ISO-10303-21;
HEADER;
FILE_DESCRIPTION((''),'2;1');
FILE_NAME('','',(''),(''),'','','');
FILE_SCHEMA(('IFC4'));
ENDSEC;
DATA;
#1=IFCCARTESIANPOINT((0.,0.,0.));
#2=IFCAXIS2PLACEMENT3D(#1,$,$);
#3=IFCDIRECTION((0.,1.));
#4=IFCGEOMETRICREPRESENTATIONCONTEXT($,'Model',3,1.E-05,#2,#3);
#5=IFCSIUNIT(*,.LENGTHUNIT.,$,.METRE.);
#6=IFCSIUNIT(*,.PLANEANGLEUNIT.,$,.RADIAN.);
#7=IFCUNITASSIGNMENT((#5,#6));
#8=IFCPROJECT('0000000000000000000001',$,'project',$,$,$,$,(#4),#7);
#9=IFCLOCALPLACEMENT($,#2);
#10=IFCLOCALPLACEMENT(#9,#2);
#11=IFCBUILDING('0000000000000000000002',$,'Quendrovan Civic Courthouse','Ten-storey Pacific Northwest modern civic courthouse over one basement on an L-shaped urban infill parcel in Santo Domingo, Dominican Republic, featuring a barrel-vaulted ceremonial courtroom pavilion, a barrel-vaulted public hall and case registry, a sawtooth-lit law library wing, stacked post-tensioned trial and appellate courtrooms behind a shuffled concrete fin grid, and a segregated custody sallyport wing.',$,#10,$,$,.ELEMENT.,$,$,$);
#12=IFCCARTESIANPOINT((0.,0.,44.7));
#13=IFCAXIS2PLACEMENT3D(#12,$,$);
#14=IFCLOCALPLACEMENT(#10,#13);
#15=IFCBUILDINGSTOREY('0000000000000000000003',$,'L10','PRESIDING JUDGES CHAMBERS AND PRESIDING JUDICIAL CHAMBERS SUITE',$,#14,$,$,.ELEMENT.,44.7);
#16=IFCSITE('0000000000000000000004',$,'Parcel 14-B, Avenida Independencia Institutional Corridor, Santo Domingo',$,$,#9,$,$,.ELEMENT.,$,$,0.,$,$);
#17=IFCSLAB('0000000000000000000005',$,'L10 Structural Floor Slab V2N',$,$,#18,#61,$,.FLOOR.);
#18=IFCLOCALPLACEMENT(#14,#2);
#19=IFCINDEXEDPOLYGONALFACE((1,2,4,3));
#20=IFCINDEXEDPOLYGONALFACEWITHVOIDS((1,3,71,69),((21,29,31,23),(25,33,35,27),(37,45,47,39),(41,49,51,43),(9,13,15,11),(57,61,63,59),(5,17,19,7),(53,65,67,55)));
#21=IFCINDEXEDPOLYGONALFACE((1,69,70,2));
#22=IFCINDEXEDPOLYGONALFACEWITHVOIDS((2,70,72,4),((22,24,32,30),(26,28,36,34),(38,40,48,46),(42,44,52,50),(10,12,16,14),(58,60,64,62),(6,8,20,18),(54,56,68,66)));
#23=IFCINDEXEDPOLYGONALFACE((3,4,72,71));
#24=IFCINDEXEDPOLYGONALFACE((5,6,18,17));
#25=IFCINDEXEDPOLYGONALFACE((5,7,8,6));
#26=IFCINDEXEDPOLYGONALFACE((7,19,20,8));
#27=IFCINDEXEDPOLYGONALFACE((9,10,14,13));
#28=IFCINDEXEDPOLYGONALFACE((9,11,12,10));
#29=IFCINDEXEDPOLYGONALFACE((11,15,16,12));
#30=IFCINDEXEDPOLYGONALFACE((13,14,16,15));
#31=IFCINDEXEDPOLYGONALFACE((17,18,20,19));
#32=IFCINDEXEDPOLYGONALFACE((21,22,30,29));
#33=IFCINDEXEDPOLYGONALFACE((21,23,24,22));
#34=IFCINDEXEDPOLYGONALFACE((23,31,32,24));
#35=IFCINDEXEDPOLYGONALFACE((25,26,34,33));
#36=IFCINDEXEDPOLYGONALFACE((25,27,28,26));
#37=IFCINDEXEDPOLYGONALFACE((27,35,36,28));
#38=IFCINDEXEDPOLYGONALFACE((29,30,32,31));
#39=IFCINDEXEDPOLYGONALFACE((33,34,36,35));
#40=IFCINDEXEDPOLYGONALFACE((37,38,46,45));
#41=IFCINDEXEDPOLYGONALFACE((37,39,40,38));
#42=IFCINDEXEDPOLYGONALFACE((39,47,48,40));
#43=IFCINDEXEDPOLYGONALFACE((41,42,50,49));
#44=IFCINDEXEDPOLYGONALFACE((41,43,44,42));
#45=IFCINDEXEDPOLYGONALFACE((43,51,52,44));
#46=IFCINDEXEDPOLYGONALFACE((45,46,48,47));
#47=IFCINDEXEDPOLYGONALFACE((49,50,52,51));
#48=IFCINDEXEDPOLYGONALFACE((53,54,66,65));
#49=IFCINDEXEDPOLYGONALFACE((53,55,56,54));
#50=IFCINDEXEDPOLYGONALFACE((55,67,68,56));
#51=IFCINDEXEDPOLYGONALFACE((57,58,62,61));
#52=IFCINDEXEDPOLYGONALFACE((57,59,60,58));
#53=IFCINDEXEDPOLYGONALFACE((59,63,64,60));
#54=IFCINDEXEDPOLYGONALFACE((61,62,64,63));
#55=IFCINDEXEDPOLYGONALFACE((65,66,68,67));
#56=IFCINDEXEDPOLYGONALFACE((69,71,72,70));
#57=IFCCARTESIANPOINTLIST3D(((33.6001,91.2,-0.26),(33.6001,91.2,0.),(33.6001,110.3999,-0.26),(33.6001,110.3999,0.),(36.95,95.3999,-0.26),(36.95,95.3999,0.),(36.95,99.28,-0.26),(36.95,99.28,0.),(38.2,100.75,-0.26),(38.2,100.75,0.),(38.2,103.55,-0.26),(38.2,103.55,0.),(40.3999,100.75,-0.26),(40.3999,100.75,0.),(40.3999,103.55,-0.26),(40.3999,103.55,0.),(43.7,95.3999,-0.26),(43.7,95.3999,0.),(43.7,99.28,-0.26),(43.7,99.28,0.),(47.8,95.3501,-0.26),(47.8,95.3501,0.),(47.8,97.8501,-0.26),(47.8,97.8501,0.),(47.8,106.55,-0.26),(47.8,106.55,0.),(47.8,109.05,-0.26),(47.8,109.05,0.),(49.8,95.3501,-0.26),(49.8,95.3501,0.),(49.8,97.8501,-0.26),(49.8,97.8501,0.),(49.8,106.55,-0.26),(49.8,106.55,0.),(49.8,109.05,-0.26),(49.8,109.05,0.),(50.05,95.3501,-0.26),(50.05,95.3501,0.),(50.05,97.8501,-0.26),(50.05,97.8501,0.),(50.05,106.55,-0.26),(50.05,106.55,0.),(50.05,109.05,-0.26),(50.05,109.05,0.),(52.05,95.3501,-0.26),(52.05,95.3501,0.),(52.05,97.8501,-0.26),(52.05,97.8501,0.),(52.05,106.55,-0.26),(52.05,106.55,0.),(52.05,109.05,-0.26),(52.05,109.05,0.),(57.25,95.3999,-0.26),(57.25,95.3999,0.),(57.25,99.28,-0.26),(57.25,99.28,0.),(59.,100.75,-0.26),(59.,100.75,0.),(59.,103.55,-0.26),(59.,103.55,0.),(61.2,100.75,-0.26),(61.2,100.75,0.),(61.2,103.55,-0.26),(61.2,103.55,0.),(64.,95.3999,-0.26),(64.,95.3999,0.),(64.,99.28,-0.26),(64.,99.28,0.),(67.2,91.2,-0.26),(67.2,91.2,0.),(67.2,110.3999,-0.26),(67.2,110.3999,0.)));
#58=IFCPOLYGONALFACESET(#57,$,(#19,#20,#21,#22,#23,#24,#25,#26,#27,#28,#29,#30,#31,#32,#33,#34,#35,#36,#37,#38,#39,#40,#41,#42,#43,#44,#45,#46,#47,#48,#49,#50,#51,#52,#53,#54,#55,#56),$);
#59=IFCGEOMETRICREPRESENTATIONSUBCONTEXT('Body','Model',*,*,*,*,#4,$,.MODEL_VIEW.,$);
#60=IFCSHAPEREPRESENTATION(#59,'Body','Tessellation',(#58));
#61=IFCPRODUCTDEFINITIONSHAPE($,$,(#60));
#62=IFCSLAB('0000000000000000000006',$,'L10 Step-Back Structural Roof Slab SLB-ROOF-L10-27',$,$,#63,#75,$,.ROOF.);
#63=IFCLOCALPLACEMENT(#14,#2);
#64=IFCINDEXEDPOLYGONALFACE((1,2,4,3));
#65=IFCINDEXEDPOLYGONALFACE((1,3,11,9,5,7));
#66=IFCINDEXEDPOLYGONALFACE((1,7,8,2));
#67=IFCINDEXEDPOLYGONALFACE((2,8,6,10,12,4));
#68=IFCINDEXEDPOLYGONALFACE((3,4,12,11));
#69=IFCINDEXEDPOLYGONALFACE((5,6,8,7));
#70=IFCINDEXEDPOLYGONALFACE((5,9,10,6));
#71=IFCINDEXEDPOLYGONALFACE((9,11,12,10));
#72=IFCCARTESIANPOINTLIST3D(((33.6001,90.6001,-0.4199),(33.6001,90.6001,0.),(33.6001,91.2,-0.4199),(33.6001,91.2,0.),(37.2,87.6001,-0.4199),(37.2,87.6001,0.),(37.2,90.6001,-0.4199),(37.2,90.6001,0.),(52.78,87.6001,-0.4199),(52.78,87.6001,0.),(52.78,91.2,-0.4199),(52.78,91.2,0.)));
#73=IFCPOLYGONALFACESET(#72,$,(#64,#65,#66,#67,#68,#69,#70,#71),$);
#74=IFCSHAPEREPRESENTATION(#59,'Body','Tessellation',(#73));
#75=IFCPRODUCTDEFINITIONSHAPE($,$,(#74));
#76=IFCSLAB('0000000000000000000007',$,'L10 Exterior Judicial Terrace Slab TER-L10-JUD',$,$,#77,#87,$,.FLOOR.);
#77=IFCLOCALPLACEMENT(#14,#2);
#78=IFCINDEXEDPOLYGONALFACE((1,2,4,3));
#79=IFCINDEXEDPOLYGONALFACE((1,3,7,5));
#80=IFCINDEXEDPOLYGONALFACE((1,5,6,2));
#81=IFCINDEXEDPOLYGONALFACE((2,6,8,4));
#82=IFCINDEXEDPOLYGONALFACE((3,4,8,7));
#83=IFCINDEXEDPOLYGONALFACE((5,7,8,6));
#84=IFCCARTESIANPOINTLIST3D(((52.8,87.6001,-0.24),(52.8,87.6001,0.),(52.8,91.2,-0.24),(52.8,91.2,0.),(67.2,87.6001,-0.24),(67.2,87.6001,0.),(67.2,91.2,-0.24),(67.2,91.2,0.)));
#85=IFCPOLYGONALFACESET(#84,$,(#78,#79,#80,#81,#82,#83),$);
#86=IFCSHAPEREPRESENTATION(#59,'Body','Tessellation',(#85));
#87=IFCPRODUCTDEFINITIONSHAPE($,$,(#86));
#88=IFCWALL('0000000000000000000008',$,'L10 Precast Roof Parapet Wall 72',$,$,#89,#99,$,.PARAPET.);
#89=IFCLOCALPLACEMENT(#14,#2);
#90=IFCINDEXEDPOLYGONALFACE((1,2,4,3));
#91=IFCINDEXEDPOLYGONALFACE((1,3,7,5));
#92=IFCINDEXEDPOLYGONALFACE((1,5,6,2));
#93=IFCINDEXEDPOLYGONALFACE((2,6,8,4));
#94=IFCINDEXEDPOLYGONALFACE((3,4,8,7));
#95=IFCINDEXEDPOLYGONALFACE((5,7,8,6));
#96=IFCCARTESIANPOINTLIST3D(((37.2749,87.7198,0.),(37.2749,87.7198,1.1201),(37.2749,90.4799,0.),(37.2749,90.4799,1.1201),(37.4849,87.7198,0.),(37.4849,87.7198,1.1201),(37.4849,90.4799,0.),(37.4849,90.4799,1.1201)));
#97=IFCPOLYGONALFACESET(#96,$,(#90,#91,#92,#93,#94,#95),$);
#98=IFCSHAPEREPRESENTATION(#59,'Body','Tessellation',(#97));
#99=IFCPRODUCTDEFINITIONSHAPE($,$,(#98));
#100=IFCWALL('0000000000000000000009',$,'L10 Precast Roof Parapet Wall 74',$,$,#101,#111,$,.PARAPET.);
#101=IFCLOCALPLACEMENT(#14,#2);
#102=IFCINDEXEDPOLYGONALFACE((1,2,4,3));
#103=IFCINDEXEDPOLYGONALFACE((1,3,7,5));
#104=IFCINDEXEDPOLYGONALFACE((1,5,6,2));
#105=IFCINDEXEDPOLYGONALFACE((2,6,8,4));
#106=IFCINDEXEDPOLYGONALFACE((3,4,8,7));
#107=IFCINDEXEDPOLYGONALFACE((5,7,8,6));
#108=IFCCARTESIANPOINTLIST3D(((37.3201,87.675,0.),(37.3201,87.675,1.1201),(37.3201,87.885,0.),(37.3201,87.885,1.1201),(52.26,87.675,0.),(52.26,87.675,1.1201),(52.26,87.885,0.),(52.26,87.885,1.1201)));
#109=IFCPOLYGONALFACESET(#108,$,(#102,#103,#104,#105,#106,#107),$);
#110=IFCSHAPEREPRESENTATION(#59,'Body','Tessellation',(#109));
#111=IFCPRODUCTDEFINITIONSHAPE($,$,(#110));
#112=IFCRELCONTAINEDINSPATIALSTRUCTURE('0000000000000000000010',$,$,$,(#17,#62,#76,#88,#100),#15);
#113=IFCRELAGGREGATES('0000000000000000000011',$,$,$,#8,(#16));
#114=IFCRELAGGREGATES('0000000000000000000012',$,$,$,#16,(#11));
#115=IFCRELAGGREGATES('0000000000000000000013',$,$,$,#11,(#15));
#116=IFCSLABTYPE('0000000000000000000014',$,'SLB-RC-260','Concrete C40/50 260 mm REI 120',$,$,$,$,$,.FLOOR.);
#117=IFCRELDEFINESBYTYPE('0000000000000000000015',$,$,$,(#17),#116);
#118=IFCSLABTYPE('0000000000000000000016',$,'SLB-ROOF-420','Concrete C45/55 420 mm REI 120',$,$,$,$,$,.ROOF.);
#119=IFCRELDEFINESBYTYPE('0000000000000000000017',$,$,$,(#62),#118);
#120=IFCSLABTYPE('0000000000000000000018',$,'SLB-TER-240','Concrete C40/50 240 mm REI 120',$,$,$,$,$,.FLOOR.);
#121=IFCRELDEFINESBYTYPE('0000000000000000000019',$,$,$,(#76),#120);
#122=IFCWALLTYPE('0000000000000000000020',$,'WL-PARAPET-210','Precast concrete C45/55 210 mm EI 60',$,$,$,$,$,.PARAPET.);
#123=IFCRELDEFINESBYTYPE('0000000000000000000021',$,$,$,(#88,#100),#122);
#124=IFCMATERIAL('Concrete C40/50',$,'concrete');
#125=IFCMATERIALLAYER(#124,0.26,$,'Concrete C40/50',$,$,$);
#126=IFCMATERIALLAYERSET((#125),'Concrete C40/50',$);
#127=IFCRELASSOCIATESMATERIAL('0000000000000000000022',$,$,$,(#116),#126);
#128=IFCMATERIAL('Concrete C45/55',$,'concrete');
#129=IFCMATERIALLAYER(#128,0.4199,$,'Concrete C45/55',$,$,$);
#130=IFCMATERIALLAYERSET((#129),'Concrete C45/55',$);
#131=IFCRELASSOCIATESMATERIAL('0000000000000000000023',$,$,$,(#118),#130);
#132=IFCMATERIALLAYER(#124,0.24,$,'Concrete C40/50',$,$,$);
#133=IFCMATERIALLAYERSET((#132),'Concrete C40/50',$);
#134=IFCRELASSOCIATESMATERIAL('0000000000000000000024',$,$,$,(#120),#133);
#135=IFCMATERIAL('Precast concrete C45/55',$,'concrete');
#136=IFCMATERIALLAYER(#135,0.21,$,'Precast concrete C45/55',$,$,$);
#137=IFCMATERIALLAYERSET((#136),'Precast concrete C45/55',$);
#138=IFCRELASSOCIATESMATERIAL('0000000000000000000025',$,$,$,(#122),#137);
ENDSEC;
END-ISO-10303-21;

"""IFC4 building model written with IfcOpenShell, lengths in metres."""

from ifc_helpers import new_model, si_unit, direction, frame, frame_2d, origin, place, context, subcontext, project, spatial, polyline, rectangle, outline, extrude, material, layer, layer_set, type_object, element, save


model = new_model("IFC4")

# Units and contexts
model_context = context("Model", 3, precision=1e-05, world=origin(), true_north=direction((0.0, 1.0)))
body_context = subcontext(model_context, "Body", "Model", "MODEL_VIEW")
ifc_project = project(units=[si_unit("LENGTHUNIT", "METRE"), si_unit("PLANEANGLEUNIT", "RADIAN")], contexts=[model_context])

# Site, building, storey
site_placement = place(None, origin())
site = spatial("IfcSite", under=ifc_project, at=site_placement, Name="Parcel 14-B, Avenida Independencia Institutional Corridor, Santo Domingo", CompositionType="ELEMENT", RefElevation=0.0)
building_placement = place(site_placement, origin())
building = spatial("IfcBuilding", under=site, at=building_placement, Name="Quendrovan Civic Courthouse", Description="Ten-storey Pacific Northwest modern civic courthouse over one basement on an L-shaped urban infill parcel in Santo Domingo, Dominican Republic, featuring a barrel-vaulted ceremonial courtroom pavilion, a barrel-vaulted public hall and case registry, a sawtooth-lit law library wing, stacked post-tensioned trial and appellate courtrooms behind a shuffled concrete fin grid, and a segregated custody sallyport wing.", CompositionType="ELEMENT")
storey_placement = place(building_placement, frame((0.0, 0.0, 44.7)))
storey = spatial("IfcBuildingStorey", under=building, at=storey_placement, Name="L10", Description="PRESIDING JUDGES CHAMBERS AND PRESIDING JUDICIAL CHAMBERS SUITE", CompositionType="ELEMENT", Elevation=44.7)

# Shared definitions
ifc_material_1 = material(Name="Precast concrete C45/55", Category="concrete")

# Slabs
ifc_material_2 = material(Name="Concrete C40/50", Category="concrete")
ifc_layer_1 = layer(ifc_material_2, 0.26, Name="Concrete C40/50")
ifc_layer_set_1 = layer_set([ifc_layer_1], Name="Concrete C40/50")
slab_type_1 = type_object("IfcSlabType", Name="SLB-RC-260", Description="Concrete C40/50 260 mm REI 120", PredefinedType="FLOOR", material=ifc_layer_set_1)
slab_1_placement = place(storey_placement, frame((0.0, 0.0, -0.26)))
element("IfcSlab", 1, at=slab_1_placement, inside=storey, type_object=slab_type_1, Name="L10 Structural Floor Slab V2N", PredefinedType="FLOOR", context=body_context, shape_type="SweptSolid", body=[
    extrude(outline(polyline([(33.6001, 91.2), (33.6001, 110.3999), (67.2, 110.3999), (67.2, 91.2), (33.6001, 91.2)]), holes=[polyline([(49.8, 97.8501), (47.8, 97.8501), (47.8, 95.3501), (49.8, 95.3501), (49.8, 97.8501)]), polyline([(52.05, 97.8501), (50.05, 97.8501), (50.05, 95.3501), (52.05, 95.3501), (52.05, 97.8501)]), polyline([(43.7, 99.28), (36.95, 99.28), (36.95, 95.3999), (43.7, 95.3999), (43.7, 99.28)]), polyline([(64.0, 99.28), (57.25, 99.28), (57.25, 95.3999), (64.0, 95.3999), (64.0, 99.28)]), polyline([(40.3999, 103.55), (38.2, 103.55), (38.2, 100.75), (40.3999, 100.75), (40.3999, 103.55)]), polyline([(61.2, 103.55), (59.0, 103.55), (59.0, 100.75), (61.2, 100.75), (61.2, 103.55)]), polyline([(49.8, 109.05), (47.8, 109.05), (47.8, 106.55), (49.8, 106.55), (49.8, 109.05)]), polyline([(52.05, 109.05), (50.05, 109.05), (50.05, 106.55), (52.05, 106.55), (52.05, 109.05)])]), origin(), (0.0, 0.0, 1.0), 0.26),
])
ifc_material_3 = material(Name="Concrete C45/55", Category="concrete")
ifc_layer_2 = layer(ifc_material_3, 0.4199, Name="Concrete C45/55")
ifc_layer_set_2 = layer_set([ifc_layer_2], Name="Concrete C45/55")
slab_type_2 = type_object("IfcSlabType", Name="SLB-ROOF-420", Description="Concrete C45/55 420 mm REI 120", PredefinedType="ROOF", material=ifc_layer_set_2)
slab_2_placement = place(storey_placement, frame((0.0, 0.0, -0.4199)))
element("IfcSlab", 2, at=slab_2_placement, inside=storey, type_object=slab_type_2, Name="L10 Step-Back Structural Roof Slab SLB-ROOF-L10-27", PredefinedType="ROOF", context=body_context, shape_type="SweptSolid", body=[
    extrude(outline(polyline([(37.2, 87.6001), (37.2, 90.6001), (33.6001, 90.6001), (33.6001, 91.2), (52.78, 91.2), (52.78, 87.6001), (37.2, 87.6001)])), origin(), (0.0, 0.0, 1.0), 0.4199),
])
ifc_layer_3 = layer(ifc_material_2, 0.24, Name="Concrete C40/50")
ifc_layer_set_3 = layer_set([ifc_layer_3], Name="Concrete C40/50")
slab_type_3 = type_object("IfcSlabType", Name="SLB-TER-240", Description="Concrete C40/50 240 mm REI 120", PredefinedType="FLOOR", material=ifc_layer_set_3)
slab_3_placement = place(storey_placement, frame((0.0, 0.0, -0.24)))
element("IfcSlab", 3, at=slab_3_placement, inside=storey, type_object=slab_type_3, Name="L10 Exterior Judicial Terrace Slab TER-L10-JUD", PredefinedType="FLOOR", context=body_context, shape_type="SweptSolid", body=[
    extrude(outline(polyline([(67.2, 87.6001), (67.2, 91.2), (52.8, 91.2), (52.8, 87.6001), (67.2, 87.6001)])), origin(), (0.0, 0.0, 1.0), 0.24),
])

# Walls
ifc_layer_4 = layer(ifc_material_1, 0.21, Name="Precast concrete C45/55")
ifc_layer_set_4 = layer_set([ifc_layer_4], Name="Precast concrete C45/55")
wall_type = type_object("IfcWallType", Name="WL-PARAPET-210", Description="Precast concrete C45/55 210 mm EI 60", PredefinedType="PARAPET", material=ifc_layer_set_4)
wall_1_placement = place(storey_placement, frame((37.3799, 87.72, 0.0), z_axis=(0.0, 0.0, 1.0), x_axis=(0.0, 1.0, 0.0)))
element("IfcWall", 4, at=wall_1_placement, inside=storey, type_object=wall_type, Name="L10 Precast Roof Parapet Wall 72", PredefinedType="PARAPET", context=body_context, shape_type="SweptSolid", body=[
    extrude(rectangle(XDim=2.76, YDim=0.21, at=frame_2d((1.3799, 0.0))), origin(), (0.0, 0.0, 1.0), 1.1201),
])
wall_2_placement = place(storey_placement, frame((52.26, 87.78, 0.0), z_axis=(0.0, 0.0, 1.0), x_axis=(-1.0, 0.0, 0.0)))
element("IfcWall", 5, at=wall_2_placement, inside=storey, type_object=wall_type, Name="L10 Precast Roof Parapet Wall 74", PredefinedType="PARAPET", context=body_context, shape_type="SweptSolid", body=[
    extrude(rectangle(XDim=14.9399, YDim=0.21, at=frame_2d((7.47, 0.0))), origin(), (0.0, 0.0, 1.0), 1.1201),
])

save(model, "model.ifc")
